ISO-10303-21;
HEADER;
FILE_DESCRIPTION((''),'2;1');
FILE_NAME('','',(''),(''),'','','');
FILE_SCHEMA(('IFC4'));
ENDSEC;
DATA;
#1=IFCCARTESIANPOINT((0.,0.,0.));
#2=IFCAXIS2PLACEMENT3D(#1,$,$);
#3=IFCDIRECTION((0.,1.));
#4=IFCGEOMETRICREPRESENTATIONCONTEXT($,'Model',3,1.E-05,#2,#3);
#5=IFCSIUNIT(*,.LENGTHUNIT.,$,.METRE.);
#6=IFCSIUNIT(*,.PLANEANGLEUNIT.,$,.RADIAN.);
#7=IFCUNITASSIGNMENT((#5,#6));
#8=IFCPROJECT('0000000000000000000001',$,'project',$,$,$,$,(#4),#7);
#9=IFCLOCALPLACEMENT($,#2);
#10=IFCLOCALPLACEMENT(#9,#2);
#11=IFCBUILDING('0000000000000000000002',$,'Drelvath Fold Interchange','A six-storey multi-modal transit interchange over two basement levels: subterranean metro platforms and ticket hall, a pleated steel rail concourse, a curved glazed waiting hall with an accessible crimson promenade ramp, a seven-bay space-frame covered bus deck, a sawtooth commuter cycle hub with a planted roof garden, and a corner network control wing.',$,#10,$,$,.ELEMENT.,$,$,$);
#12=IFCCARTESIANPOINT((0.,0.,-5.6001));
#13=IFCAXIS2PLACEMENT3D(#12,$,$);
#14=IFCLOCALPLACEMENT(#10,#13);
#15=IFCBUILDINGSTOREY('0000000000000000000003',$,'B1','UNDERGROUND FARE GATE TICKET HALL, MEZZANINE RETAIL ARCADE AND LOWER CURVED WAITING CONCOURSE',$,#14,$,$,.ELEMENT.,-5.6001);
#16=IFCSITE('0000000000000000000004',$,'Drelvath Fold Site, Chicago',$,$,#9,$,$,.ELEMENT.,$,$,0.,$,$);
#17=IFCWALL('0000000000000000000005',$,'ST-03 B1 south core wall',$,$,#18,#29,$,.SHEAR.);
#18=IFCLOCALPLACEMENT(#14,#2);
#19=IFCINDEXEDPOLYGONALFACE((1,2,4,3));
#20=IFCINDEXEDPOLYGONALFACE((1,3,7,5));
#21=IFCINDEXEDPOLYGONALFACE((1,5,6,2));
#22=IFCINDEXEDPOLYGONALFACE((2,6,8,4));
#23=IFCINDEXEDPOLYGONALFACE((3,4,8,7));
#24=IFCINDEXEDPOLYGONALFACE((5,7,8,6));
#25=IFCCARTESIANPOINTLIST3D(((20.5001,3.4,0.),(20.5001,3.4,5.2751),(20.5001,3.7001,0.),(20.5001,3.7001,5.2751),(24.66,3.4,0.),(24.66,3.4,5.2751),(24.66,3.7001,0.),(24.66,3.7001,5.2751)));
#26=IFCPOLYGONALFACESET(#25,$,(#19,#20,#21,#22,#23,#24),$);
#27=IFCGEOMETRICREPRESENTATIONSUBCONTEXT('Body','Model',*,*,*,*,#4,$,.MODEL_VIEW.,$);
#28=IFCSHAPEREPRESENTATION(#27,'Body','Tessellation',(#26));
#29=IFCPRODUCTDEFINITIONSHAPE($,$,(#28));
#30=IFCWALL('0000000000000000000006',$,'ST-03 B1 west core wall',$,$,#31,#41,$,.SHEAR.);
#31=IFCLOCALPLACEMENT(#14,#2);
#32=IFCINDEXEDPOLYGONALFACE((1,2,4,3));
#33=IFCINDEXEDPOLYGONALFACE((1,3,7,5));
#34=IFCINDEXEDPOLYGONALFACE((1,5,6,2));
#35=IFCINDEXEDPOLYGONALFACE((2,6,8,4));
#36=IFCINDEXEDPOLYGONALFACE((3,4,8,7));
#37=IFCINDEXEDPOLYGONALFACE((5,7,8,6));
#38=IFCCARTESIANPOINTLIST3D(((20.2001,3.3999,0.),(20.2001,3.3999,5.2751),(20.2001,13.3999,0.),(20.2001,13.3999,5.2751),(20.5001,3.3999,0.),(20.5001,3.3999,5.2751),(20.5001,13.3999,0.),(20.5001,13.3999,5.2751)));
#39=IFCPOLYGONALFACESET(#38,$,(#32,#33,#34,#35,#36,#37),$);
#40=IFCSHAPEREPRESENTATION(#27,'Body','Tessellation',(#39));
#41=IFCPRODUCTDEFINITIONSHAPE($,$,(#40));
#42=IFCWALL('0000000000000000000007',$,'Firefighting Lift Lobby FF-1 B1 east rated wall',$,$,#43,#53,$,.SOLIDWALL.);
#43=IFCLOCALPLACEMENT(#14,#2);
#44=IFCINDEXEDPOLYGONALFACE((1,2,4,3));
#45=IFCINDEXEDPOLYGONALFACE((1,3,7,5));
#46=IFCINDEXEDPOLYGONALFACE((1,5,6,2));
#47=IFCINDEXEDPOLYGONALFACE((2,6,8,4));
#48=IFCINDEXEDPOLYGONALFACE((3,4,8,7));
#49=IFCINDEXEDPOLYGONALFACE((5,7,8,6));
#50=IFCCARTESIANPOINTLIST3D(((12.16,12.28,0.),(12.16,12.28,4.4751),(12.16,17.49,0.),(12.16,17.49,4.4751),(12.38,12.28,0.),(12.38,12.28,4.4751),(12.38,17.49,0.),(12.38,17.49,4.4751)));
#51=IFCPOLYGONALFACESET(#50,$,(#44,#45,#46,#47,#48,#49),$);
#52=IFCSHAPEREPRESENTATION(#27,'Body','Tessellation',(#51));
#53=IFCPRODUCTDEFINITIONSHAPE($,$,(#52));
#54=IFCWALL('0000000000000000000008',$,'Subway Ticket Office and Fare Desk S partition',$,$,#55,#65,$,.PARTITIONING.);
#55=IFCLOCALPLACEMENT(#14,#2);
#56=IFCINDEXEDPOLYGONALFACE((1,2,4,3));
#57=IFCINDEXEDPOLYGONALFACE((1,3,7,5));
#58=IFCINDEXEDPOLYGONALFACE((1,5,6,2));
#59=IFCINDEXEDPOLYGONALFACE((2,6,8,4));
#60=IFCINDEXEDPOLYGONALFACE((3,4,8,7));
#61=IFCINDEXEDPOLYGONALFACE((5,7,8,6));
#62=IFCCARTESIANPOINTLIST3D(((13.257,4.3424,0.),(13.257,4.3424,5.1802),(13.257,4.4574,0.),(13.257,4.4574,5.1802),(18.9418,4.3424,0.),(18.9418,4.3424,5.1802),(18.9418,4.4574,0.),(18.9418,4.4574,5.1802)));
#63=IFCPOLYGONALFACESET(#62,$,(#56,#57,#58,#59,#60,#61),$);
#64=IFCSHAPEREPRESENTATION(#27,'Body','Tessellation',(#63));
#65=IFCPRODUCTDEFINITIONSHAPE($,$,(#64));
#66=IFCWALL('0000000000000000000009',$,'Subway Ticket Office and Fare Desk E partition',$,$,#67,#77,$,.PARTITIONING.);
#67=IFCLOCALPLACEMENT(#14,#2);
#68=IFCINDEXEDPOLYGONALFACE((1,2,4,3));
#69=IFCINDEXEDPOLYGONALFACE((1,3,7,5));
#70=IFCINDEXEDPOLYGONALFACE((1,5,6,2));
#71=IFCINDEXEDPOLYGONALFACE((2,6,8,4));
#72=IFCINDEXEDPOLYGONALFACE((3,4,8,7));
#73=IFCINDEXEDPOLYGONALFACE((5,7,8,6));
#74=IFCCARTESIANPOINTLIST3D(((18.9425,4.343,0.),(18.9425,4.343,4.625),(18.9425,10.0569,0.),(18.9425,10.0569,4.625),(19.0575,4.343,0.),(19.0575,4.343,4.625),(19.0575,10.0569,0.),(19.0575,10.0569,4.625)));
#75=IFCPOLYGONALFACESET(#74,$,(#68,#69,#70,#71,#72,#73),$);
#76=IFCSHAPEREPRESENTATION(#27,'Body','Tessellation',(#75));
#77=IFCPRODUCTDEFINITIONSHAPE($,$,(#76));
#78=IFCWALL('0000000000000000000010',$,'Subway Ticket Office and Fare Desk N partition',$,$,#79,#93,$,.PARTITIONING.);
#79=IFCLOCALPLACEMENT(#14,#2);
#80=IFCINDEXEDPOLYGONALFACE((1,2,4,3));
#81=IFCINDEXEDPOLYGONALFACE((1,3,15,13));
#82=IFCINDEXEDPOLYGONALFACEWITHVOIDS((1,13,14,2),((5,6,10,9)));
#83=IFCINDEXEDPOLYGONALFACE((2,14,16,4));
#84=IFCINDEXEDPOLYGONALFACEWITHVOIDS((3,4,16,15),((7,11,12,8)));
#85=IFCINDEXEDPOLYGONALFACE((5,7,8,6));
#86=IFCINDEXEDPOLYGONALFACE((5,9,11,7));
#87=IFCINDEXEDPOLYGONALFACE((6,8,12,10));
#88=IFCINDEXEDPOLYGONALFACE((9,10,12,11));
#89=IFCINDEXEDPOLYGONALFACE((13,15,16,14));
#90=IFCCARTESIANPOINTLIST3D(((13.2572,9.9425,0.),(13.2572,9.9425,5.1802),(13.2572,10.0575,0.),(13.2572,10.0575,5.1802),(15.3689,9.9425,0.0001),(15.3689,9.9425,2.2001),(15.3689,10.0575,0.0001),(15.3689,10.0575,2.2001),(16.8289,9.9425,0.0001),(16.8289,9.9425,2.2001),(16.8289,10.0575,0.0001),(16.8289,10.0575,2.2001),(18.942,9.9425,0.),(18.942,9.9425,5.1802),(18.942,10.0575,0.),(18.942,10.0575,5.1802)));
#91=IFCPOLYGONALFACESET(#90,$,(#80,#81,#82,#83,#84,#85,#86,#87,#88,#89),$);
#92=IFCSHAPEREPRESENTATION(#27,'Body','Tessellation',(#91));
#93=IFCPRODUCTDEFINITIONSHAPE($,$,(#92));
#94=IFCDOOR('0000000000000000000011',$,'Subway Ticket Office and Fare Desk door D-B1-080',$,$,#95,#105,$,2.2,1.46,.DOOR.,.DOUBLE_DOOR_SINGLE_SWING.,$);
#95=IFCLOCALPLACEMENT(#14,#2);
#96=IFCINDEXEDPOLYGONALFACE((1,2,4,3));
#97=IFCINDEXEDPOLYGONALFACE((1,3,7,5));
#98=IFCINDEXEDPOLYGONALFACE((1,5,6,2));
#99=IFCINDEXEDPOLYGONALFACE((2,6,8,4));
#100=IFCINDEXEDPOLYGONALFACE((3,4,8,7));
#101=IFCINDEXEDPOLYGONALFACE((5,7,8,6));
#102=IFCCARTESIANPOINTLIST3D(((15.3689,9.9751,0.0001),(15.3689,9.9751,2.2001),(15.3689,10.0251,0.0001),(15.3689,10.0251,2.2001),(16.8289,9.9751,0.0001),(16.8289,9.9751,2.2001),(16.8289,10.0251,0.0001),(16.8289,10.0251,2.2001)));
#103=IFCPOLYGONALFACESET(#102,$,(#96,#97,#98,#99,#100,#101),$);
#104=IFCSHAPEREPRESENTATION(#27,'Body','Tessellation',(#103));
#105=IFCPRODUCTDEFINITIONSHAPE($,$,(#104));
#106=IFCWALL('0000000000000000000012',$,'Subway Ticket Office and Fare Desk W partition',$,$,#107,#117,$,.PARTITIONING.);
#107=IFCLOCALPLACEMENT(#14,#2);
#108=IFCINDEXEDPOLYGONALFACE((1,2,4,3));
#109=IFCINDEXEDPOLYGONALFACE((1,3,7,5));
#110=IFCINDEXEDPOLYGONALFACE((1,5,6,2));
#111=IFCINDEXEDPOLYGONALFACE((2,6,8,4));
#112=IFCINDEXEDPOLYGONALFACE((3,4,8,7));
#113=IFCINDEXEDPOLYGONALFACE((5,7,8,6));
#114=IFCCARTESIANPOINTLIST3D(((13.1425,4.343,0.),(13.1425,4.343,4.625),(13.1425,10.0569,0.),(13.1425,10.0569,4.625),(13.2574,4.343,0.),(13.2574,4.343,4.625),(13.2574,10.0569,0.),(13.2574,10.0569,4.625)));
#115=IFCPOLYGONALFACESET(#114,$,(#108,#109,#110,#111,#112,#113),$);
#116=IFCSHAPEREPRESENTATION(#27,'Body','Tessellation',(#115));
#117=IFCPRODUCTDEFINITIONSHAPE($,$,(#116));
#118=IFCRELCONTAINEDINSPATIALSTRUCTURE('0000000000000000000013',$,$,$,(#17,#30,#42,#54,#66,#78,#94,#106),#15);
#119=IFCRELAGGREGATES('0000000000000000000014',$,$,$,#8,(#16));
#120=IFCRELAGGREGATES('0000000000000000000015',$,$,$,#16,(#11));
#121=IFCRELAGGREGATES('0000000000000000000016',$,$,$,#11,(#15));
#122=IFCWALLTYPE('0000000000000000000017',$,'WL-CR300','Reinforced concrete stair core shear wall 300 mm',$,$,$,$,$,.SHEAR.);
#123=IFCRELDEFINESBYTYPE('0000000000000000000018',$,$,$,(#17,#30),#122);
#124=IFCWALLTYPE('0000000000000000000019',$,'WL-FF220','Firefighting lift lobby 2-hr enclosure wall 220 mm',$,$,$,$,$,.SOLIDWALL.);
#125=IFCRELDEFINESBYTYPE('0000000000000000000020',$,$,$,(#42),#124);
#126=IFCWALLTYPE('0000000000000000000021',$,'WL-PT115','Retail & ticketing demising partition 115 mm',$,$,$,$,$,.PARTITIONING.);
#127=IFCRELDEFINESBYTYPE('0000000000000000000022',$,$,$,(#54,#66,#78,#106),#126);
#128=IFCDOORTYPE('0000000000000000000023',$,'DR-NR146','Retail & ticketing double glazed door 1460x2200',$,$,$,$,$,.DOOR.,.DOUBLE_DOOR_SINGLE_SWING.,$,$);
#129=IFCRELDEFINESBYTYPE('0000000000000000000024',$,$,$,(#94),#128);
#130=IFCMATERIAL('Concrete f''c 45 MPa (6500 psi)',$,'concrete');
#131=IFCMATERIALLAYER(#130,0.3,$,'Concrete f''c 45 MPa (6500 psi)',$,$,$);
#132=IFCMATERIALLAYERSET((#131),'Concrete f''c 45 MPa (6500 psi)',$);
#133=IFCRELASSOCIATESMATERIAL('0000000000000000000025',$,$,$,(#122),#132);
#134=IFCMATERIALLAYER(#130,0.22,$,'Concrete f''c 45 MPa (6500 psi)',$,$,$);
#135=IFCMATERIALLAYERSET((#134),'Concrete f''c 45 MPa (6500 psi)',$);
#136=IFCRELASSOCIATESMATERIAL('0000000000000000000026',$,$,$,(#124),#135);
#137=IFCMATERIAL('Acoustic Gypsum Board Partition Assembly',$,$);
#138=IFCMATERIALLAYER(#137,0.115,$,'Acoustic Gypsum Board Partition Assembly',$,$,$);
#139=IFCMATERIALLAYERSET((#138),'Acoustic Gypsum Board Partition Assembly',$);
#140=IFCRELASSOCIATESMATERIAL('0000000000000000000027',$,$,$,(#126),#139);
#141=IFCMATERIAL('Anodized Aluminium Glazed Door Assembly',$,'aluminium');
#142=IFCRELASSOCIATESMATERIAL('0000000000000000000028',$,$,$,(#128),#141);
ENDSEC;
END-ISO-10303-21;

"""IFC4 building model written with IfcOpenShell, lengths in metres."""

from ifc_helpers import new_model, si_unit, direction, frame, frame_2d, origin, place, context, subcontext, project, spatial, rectangle, extrude, material, layer, layer_set, type_object, element, fill, save


model = new_model("IFC4")

# Units and contexts
model_context = context("Model", 3, precision=1e-05, world=origin(), true_north=direction((0.0, 1.0)))
body_context = subcontext(model_context, "Body", "Model", "MODEL_VIEW")
ifc_project = project(units=[si_unit("LENGTHUNIT", "METRE"), si_unit("PLANEANGLEUNIT", "RADIAN")], contexts=[model_context])

# Site, building, storey
site_placement = place(None, origin())
site = spatial("IfcSite", under=ifc_project, at=site_placement, Name="Drelvath Fold Site, Chicago", CompositionType="ELEMENT", RefElevation=0.0)
building_placement = place(site_placement, origin())
building = spatial("IfcBuilding", under=site, at=building_placement, Name="Drelvath Fold Interchange", Description="A six-storey multi-modal transit interchange over two basement levels: subterranean metro platforms and ticket hall, a pleated steel rail concourse, a curved glazed waiting hall with an accessible crimson promenade ramp, a seven-bay space-frame covered bus deck, a sawtooth commuter cycle hub with a planted roof garden, and a corner network control wing.", CompositionType="ELEMENT")
storey_placement = place(building_placement, frame((0.0, 0.0, -5.6001)))
storey = spatial("IfcBuildingStorey", under=building, at=storey_placement, Name="B1", Description="UNDERGROUND FARE GATE TICKET HALL, MEZZANINE RETAIL ARCADE AND LOWER CURVED WAITING CONCOURSE", CompositionType="ELEMENT", Elevation=-5.6001)

# Shared definitions
ifc_material_1 = material(Name="Concrete f'c 45 MPa (6500 psi)", Category="concrete")

# Walls
ifc_layer_1 = layer(ifc_material_1, 0.3, Name="Concrete f'c 45 MPa (6500 psi)")
ifc_layer_set_1 = layer_set([ifc_layer_1], Name="Concrete f'c 45 MPa (6500 psi)")
wall_type_1 = type_object("IfcWallType", Name="WL-CR300", Description="Reinforced concrete stair core shear wall 300 mm", PredefinedType="SHEAR", material=ifc_layer_set_1)
wall_1_placement = place(storey_placement, frame((20.5, 3.55, 0.0), z_axis=(0.0, 0.0, 1.0), x_axis=(1.0, 0.0, 0.0)))
element("IfcWall", 1, at=wall_1_placement, inside=storey, type_object=wall_type_1, Name="ST-03 B1 south core wall", PredefinedType="SHEAR", context=body_context, shape_type="SweptSolid", body=[
    extrude(rectangle(XDim=4.1599, YDim=0.3, at=frame_2d((2.0801, 0.0))), origin(), (0.0, 0.0, 1.0), 5.2751),
])
wall_2_placement = place(storey_placement, frame((20.3501, 13.3999, 0.0), z_axis=(0.0, 0.0, 1.0), x_axis=(0.0, -1.0, 0.0)))
element("IfcWall", 2, at=wall_2_placement, inside=storey, type_object=wall_type_1, Name="ST-03 B1 west core wall", PredefinedType="SHEAR", context=body_context, shape_type="SweptSolid", body=[
    extrude(rectangle(XDim=10.0, YDim=0.3, at=frame_2d((5.0, 0.0))), origin(), (0.0, 0.0, 1.0), 5.2751),
])
ifc_layer_2 = layer(ifc_material_1, 0.22, Name="Concrete f'c 45 MPa (6500 psi)")
ifc_layer_set_2 = layer_set([ifc_layer_2], Name="Concrete f'c 45 MPa (6500 psi)")
wall_type_2 = type_object("IfcWallType", Name="WL-FF220", Description="Firefighting lift lobby 2-hr enclosure wall 220 mm", PredefinedType="SOLIDWALL", material=ifc_layer_set_2)
wall_3_placement = place(storey_placement, frame((12.27, 12.28, 0.0), z_axis=(0.0, 0.0, 1.0), x_axis=(0.0, 1.0, 0.0)))
element("IfcWall", 3, at=wall_3_placement, inside=storey, type_object=wall_type_2, Name="Firefighting Lift Lobby FF-1 B1 east rated wall", PredefinedType="SOLIDWALL", context=body_context, shape_type="SweptSolid", body=[
    extrude(rectangle(XDim=5.21, YDim=0.22, at=frame_2d((2.605, 0.0))), origin(), (0.0, 0.0, 1.0), 4.4751),
])
ifc_material_2 = material(Name="Acoustic Gypsum Board Partition Assembly")
ifc_layer_3 = layer(ifc_material_2, 0.115, Name="Acoustic Gypsum Board Partition Assembly")
ifc_layer_set_3 = layer_set([ifc_layer_3], Name="Acoustic Gypsum Board Partition Assembly")
wall_type_3 = type_object("IfcWallType", Name="WL-PT115", Description="Retail & ticketing demising partition 115 mm", PredefinedType="PARTITIONING", material=ifc_layer_set_3)
wall_4_placement = place(storey_placement, frame((13.2571, 4.3999, 0.0), z_axis=(0.0, 0.0, 1.0), x_axis=(1.0, 0.0, 0.0)))
element("IfcWall", 4, at=wall_4_placement, inside=storey, type_object=wall_type_3, Name="Subway Ticket Office and Fare Desk S partition", PredefinedType="PARTITIONING", context=body_context, shape_type="SweptSolid", body=[
    extrude(rectangle(XDim=5.6848, YDim=0.115, at=frame_2d((2.8423, 0.0))), origin(), (0.0, 0.0, 1.0), 5.1802),
])
wall_5_placement = place(storey_placement, frame((19.0, 4.343, 0.0), z_axis=(0.0, 0.0, 1.0), x_axis=(0.0, 1.0, 0.0)))
element("IfcWall", 5, at=wall_5_placement, inside=storey, type_object=wall_type_3, Name="Subway Ticket Office and Fare Desk E partition", PredefinedType="PARTITIONING", context=body_context, shape_type="SweptSolid", body=[
    extrude(rectangle(XDim=5.7139, YDim=0.115, at=frame_2d((2.8569, 0.0))), origin(), (0.0, 0.0, 1.0), 4.625),
])

# Wall, opening, door
wall_6_placement = place(storey_placement, frame((18.9419, 10.0, 0.0), z_axis=(0.0, 0.0, 1.0), x_axis=(-1.0, 0.0, 0.0)))
wall_6 = element("IfcWall", 6, at=wall_6_placement, inside=storey, type_object=wall_type_3, Name="Subway Ticket Office and Fare Desk N partition", PredefinedType="PARTITIONING", context=body_context, shape_type="SweptSolid", body=[
    extrude(rectangle(XDim=5.6848, YDim=0.115, at=frame_2d((2.8423, 0.0))), origin(), (0.0, 0.0, 1.0), 5.1802),
])
opening_placement = place(wall_6_placement, frame((2.113, 0.0, 0.0)))
opening = element("IfcOpeningElement", 7, at=opening_placement, cuts=wall_6, PredefinedType="OPENING", context=body_context, shape_type="SweptSolid", body=[
    extrude(rectangle(XDim=1.46, YDim=2.2, at=frame_2d((0.73, 1.1001))), frame((0.0, 0.0674, 0.0), z_axis=(0.0, -1.0, 0.0), x_axis=(1.0, 0.0, 0.0)), (0.0, 0.0, 1.0), 0.135),
])
ifc_material_3 = material(Name="Anodized Aluminium Glazed Door Assembly", Category="aluminium")
door_type = type_object("IfcDoorType", Name="DR-NR146", Description="Retail & ticketing double glazed door 1460x2200", OperationType="DOUBLE_DOOR_SINGLE_SWING", PredefinedType="DOOR", material=ifc_material_3)
door_placement = place(opening_placement, origin())
door = element("IfcDoor", 8, at=door_placement, inside=storey, type_object=door_type, Name="Subway Ticket Office and Fare Desk door D-B1-080", OperationType="DOUBLE_DOOR_SINGLE_SWING", OverallHeight=2.2, OverallWidth=1.46, PredefinedType="DOOR", context=body_context, shape_type="SweptSolid", body=[
    extrude(rectangle(XDim=1.46, YDim=2.2, at=frame_2d((0.73, 1.1001))), frame((0.0, 0.0249, 0.0), z_axis=(0.0, -1.0, 0.0), x_axis=(1.0, 0.0, 0.0)), (0.0, 0.0, 1.0), 0.05),
])
fill(opening, door)

# Wall
wall_7_placement = place(storey_placement, frame((13.2, 10.0569, 0.0), z_axis=(0.0, 0.0, 1.0), x_axis=(0.0, -1.0, 0.0)))
element("IfcWall", 9, at=wall_7_placement, inside=storey, type_object=wall_type_3, Name="Subway Ticket Office and Fare Desk W partition", PredefinedType="PARTITIONING", context=body_context, shape_type="SweptSolid", body=[
    extrude(rectangle(XDim=5.7139, YDim=0.115, at=frame_2d((2.8569, 0.0))), origin(), (0.0, 0.0, 1.0), 4.625),
])

save(model, "model.ifc")
